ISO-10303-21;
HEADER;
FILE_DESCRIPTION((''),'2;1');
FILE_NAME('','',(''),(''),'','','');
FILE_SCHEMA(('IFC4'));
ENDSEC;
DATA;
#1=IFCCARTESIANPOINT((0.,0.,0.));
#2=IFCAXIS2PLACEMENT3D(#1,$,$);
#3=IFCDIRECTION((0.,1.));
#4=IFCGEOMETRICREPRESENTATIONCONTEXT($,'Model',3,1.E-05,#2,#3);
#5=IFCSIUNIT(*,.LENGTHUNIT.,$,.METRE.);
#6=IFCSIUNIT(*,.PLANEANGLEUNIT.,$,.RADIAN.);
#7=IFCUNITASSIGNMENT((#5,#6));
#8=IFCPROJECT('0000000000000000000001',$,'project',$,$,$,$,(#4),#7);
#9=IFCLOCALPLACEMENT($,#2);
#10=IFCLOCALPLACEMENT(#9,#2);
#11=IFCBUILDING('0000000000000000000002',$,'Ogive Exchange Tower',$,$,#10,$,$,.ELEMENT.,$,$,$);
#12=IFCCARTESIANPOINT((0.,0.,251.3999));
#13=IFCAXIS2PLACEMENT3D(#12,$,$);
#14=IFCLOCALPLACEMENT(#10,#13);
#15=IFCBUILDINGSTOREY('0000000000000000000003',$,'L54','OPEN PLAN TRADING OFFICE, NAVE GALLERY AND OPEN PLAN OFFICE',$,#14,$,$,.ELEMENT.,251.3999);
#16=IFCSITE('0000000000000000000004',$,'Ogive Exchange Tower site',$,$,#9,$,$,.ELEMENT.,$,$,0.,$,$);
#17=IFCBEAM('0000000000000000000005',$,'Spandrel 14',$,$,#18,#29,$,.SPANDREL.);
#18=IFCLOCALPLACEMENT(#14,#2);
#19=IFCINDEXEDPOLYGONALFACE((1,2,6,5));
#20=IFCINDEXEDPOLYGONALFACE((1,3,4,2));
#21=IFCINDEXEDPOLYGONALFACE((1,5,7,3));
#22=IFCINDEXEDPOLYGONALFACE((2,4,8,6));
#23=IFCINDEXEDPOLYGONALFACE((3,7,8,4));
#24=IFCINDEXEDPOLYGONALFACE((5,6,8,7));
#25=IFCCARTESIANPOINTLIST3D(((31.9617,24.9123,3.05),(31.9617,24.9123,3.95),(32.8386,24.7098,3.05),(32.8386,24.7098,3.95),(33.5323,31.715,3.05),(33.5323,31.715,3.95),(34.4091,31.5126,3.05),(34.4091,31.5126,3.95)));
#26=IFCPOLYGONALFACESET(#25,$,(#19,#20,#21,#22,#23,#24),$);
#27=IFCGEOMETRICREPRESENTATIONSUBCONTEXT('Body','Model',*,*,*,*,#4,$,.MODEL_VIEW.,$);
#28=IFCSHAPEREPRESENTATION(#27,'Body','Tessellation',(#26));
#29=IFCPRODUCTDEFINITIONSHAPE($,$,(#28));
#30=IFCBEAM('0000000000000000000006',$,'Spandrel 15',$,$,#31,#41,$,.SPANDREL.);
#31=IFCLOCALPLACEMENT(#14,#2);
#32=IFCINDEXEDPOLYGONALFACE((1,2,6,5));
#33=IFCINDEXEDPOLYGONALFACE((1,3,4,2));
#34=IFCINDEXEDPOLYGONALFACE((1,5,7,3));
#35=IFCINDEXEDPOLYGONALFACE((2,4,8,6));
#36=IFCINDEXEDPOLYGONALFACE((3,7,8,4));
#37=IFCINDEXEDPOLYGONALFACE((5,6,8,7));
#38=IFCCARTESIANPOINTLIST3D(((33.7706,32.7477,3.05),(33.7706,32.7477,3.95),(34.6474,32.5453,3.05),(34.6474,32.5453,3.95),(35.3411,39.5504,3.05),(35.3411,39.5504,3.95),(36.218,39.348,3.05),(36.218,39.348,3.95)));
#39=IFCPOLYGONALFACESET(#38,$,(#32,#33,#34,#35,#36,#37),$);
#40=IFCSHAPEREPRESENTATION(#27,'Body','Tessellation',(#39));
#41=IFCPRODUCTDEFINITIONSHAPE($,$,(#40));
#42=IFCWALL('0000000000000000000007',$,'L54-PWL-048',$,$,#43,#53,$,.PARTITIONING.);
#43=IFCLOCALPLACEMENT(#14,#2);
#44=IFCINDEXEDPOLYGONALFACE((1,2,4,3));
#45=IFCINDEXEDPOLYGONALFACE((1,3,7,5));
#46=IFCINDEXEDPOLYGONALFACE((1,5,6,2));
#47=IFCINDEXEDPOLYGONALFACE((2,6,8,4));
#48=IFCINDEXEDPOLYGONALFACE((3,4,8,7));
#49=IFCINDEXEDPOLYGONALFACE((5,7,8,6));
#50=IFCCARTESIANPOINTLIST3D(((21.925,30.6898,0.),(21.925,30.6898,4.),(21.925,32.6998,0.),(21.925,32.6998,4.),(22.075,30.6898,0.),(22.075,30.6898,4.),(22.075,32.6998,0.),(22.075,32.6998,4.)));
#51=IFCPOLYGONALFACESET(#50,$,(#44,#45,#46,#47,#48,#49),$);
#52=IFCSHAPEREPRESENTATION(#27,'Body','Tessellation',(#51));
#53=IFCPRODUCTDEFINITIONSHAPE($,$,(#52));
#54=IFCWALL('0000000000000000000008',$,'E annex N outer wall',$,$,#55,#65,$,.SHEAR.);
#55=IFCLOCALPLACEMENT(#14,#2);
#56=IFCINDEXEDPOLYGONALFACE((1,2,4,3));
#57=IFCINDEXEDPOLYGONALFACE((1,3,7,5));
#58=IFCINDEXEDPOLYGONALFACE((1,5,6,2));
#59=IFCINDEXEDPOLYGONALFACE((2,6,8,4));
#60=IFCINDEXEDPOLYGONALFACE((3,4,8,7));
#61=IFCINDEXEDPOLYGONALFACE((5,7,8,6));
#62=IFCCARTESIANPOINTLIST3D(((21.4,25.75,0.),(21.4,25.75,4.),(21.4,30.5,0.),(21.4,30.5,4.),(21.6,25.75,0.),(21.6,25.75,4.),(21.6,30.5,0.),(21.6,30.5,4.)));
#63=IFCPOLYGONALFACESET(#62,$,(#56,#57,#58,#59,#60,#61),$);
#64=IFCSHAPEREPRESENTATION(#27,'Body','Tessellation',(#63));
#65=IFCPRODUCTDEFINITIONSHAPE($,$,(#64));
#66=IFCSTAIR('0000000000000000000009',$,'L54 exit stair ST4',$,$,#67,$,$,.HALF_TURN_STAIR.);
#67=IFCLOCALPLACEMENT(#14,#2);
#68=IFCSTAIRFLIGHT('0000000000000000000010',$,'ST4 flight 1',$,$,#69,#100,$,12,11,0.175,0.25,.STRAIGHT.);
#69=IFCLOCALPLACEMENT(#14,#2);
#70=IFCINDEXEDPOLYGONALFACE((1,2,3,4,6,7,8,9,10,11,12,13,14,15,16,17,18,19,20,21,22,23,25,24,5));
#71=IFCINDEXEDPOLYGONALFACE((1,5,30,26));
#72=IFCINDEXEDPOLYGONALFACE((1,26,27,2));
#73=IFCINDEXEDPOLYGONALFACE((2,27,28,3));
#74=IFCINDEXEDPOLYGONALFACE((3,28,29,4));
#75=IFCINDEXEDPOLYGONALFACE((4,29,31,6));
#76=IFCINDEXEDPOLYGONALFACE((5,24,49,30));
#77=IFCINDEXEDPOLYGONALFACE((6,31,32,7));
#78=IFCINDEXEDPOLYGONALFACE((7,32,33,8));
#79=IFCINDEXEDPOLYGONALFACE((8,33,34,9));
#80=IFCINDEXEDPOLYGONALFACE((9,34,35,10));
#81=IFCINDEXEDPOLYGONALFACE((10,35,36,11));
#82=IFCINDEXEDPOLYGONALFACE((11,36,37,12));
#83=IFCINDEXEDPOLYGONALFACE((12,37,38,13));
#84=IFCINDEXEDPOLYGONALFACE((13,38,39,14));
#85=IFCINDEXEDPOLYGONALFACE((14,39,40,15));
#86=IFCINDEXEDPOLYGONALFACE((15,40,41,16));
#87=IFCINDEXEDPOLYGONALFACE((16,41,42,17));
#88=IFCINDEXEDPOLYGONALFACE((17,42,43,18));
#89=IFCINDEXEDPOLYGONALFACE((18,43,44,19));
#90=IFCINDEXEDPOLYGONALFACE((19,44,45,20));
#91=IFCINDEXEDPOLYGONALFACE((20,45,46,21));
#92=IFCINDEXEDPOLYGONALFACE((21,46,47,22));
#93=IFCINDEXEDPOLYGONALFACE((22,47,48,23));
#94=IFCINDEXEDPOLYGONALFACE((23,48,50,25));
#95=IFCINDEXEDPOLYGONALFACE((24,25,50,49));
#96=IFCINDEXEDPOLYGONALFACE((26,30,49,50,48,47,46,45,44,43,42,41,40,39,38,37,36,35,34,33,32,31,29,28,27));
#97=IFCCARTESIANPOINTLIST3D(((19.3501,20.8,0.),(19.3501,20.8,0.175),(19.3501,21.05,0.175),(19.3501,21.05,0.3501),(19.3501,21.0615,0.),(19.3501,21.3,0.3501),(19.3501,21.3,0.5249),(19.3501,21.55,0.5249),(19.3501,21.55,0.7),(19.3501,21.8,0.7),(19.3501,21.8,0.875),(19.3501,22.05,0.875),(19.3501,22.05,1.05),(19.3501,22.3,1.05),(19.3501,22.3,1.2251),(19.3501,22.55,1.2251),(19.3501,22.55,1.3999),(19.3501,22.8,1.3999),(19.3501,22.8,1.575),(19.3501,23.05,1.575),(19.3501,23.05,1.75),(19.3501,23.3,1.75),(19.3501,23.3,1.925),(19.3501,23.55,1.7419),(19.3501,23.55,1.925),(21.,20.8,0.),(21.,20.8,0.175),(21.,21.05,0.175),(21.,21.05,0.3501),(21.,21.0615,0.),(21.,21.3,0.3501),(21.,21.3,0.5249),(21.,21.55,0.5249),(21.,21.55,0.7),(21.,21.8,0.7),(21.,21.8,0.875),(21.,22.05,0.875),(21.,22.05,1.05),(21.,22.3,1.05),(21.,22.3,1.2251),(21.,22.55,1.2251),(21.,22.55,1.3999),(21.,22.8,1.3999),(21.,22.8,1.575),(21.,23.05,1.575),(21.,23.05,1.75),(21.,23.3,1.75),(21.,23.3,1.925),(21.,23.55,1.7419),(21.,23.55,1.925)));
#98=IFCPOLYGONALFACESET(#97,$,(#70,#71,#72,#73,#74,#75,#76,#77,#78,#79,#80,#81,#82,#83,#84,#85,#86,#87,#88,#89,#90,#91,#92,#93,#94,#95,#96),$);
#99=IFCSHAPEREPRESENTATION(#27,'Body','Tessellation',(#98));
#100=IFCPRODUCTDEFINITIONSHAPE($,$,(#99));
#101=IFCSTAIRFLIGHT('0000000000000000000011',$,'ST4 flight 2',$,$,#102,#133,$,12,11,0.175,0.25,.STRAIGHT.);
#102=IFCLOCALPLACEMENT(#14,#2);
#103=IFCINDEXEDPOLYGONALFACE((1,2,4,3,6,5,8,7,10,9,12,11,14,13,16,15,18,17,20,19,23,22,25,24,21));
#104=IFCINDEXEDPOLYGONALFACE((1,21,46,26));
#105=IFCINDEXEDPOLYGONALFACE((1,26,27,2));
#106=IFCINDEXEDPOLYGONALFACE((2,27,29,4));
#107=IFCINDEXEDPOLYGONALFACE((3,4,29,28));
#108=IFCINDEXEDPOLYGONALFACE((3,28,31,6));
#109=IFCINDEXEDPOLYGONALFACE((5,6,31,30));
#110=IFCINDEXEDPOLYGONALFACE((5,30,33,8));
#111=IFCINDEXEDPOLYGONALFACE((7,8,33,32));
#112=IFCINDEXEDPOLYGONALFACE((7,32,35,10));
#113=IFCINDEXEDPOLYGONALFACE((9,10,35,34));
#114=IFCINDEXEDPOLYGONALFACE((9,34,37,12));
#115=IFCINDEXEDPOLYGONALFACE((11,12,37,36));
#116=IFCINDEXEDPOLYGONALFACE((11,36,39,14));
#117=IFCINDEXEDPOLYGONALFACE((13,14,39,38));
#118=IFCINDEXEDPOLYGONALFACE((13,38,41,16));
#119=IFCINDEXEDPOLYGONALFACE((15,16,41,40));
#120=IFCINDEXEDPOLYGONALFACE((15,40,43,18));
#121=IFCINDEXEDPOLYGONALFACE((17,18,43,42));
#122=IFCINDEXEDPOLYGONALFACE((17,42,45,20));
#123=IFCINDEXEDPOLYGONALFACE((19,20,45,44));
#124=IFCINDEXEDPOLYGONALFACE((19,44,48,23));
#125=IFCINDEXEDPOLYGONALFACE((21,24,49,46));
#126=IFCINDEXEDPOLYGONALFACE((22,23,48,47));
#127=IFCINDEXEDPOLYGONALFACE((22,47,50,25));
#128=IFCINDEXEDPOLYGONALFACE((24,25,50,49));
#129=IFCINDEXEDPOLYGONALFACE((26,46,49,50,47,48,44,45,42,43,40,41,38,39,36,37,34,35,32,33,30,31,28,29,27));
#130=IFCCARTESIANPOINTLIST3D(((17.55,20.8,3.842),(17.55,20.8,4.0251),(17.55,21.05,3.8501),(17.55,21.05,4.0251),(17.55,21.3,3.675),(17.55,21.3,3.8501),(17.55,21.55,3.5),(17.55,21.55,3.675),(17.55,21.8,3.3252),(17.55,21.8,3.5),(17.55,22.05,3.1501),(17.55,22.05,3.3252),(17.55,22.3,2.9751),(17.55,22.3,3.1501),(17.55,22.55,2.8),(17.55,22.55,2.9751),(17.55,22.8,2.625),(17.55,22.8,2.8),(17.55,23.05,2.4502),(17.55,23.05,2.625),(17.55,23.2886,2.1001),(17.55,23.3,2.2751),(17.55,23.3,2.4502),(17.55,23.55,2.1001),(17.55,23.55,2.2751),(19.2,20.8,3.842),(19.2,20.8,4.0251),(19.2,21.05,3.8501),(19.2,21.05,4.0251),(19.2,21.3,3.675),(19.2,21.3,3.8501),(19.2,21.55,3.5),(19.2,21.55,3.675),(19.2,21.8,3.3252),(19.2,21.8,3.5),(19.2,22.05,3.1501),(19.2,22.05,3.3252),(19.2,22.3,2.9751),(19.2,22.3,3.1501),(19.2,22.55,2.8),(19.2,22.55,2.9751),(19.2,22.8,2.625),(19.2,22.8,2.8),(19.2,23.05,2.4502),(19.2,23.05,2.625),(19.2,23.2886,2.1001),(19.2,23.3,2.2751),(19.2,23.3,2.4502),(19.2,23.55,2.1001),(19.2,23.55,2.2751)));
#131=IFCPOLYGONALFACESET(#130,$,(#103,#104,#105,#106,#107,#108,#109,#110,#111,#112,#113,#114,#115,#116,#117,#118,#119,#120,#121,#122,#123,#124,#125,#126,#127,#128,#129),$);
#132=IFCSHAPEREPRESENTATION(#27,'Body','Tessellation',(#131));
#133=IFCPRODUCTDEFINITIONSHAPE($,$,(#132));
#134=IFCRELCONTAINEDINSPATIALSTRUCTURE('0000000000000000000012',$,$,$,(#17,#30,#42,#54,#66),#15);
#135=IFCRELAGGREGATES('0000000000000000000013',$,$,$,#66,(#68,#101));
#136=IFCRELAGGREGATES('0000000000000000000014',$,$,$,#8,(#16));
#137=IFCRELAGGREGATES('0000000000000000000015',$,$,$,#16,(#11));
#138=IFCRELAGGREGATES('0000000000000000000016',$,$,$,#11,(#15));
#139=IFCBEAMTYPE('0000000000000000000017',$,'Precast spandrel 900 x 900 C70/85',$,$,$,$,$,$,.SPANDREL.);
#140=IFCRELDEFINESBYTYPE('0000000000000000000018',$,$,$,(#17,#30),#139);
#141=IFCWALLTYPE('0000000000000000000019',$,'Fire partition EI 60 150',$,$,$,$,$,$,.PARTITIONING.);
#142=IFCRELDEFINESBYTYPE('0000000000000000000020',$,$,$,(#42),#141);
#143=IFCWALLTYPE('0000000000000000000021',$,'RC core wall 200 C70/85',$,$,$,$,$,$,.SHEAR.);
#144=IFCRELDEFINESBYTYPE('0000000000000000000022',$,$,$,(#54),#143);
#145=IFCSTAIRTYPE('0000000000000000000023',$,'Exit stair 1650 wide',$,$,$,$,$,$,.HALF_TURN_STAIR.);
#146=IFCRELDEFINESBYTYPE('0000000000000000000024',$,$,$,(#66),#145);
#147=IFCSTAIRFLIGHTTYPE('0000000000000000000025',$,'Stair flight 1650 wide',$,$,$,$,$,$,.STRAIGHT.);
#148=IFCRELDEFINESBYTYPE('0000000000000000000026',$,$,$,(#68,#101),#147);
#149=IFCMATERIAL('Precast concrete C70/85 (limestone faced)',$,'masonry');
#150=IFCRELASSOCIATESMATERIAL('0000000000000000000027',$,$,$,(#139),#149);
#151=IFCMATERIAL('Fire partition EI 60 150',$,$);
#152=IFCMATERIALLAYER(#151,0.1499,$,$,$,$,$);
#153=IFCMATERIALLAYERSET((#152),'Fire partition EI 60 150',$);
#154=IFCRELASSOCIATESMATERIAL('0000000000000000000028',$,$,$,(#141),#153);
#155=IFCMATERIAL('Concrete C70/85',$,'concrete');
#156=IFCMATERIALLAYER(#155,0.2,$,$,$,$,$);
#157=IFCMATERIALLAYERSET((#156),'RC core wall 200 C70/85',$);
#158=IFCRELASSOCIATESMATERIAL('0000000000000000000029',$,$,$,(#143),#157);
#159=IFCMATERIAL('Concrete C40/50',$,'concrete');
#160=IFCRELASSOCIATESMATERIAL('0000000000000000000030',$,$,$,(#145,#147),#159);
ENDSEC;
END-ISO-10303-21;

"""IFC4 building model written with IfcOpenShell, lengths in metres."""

from ifc_helpers import new_model, si_unit, direction, frame, frame_2d, origin, origin_2d, place, context, subcontext, project, spatial, polyline, rectangle, outline, extrude, material, layer, layer_set, material_profile, profile_set, type_object, element, aggregate, save


model = new_model("IFC4")

# Units and contexts
model_context = context("Model", 3, precision=1e-05, world=origin(), true_north=direction((0.0, 1.0)))
body_context = subcontext(model_context, "Body", "Model", "MODEL_VIEW")
ifc_project = project(units=[si_unit("LENGTHUNIT", "METRE"), si_unit("PLANEANGLEUNIT", "RADIAN")], contexts=[model_context])

# Site, building, storey
site_placement = place(None, origin())
site = spatial("IfcSite", under=ifc_project, at=site_placement, Name="Ogive Exchange Tower site", CompositionType="ELEMENT", RefElevation=0.0)
building_placement = place(site_placement, origin())
building = spatial("IfcBuilding", under=site, at=building_placement, Name="Ogive Exchange Tower", CompositionType="ELEMENT")
storey_placement = place(building_placement, frame((0.0, 0.0, 251.3999)))
storey = spatial("IfcBuildingStorey", under=building, at=storey_placement, Name="L54", Description="OPEN PLAN TRADING OFFICE, NAVE GALLERY AND OPEN PLAN OFFICE", CompositionType="ELEMENT", Elevation=251.3999)

# Shared definitions
ifc_material_1 = material(Name="Precast concrete C70/85 (limestone faced)", Category="masonry")

# Beams
ifc_material_profile_1 = material_profile(ifc_material_1, rectangle(XDim=0.8999, YDim=0.8999, at=origin_2d()), Name="900 x 900")
ifc_profile_set_1 = profile_set([ifc_material_profile_1], Name="Precast concrete C70/85 (limestone faced)")
beam_type_1 = type_object("IfcBeamType", Name="Precast spandrel 900 x 900 C70/85", PredefinedType="SPANDREL", material=ifc_profile_set_1)
for number, where, z_axis, x_axis, name in (
    (1, (32.4001, 24.811, 3.5), (0.224954, 0.974369, 0.0), (-0.974369, 0.224954, 0.0), "Spandrel 14"),
    (2, (34.209, 32.6465, 3.5), (0.224954, 0.974369, 0.0), (-0.974369, 0.224954, 0.0), "Spandrel 15"),
):
    element("IfcBeam", number, at=place(storey_placement, frame(where, z_axis=z_axis, x_axis=x_axis)), inside=storey, type_object=beam_type_1, Name=name, PredefinedType="SPANDREL", context=body_context, shape_type="SweptSolid", body=[
        extrude(rectangle(XDim=0.8999, YDim=0.8999, at=origin_2d()), origin(), (0.0, 0.0, 1.0), 6.9817),
    ])

# Walls
ifc_material_2 = material(Name="Fire partition EI 60 150")
ifc_layer_1 = layer(ifc_material_2, 0.1499)
ifc_layer_set_1 = layer_set([ifc_layer_1], Name="Fire partition EI 60 150")
wall_type_1 = type_object("IfcWallType", Name="Fire partition EI 60 150", PredefinedType="PARTITIONING", material=ifc_layer_set_1)
wall_1_placement = place(storey_placement, frame((22.0, 30.6899, 0.0), z_axis=(0.0, 0.0, 1.0), x_axis=(0.0, 1.0, 0.0)))
element("IfcWall", 3, at=wall_1_placement, inside=storey, type_object=wall_type_1, Name="L54-PWL-048", PredefinedType="PARTITIONING", context=body_context, shape_type="SweptSolid", body=[
    extrude(rectangle(XDim=2.01, YDim=0.1499, at=frame_2d((1.0049, 0.0))), origin(), (0.0, 0.0, 1.0), 4.0),
])
ifc_material_3 = material(Name="Concrete C70/85", Category="concrete")
ifc_layer_2 = layer(ifc_material_3, 0.2)
ifc_layer_set_2 = layer_set([ifc_layer_2], Name="RC core wall 200 C70/85")
wall_type_2 = type_object("IfcWallType", Name="RC core wall 200 C70/85", PredefinedType="SHEAR", material=ifc_layer_set_2)
wall_2_placement = place(storey_placement, frame((21.5, 25.75, 0.0), z_axis=(0.0, 0.0, 1.0), x_axis=(0.0, 1.0, 0.0)))
element("IfcWall", 4, at=wall_2_placement, inside=storey, type_object=wall_type_2, Name="E annex N outer wall", PredefinedType="SHEAR", context=body_context, shape_type="SweptSolid", body=[
    extrude(rectangle(XDim=4.75, YDim=0.2, at=frame_2d((2.375, 0.0))), origin(), (0.0, 0.0, 1.0), 4.0),
])

# Stair, stair flights
ifc_material_4 = material(Name="Concrete C40/50", Category="concrete")
stair_type = type_object("IfcStairType", Name="Exit stair 1650 wide", PredefinedType="HALF_TURN_STAIR", material=ifc_material_4)
stair_placement = place(storey_placement, origin())
stair = element("IfcStair", 5, at=stair_placement, inside=storey, type_object=stair_type, Name="L54 exit stair ST4", PredefinedType="HALF_TURN_STAIR")
stair_flight_type = type_object("IfcStairFlightType", Name="Stair flight 1650 wide", PredefinedType="STRAIGHT", material=ifc_material_4)
stair_flight_1_placement = place(storey_placement, frame((20.175, 20.8, 0.0), z_axis=(0.0, 0.0, 1.0), x_axis=(0.0, 1.0, 0.0)))
stair_flight_1 = element("IfcStairFlight", 6, at=stair_flight_1_placement, type_object=stair_flight_type, Name="ST4 flight 1", NumberOfRisers=12, NumberOfTreads=11, PredefinedType="STRAIGHT", RiserHeight=0.175, TreadLength=0.25, context=body_context, shape_type="SweptSolid", body=[
    extrude(outline(polyline([(0.0, 0.0), (0.0, 0.175), (0.25, 0.175), (0.25, 0.3501), (0.5, 0.3501), (0.5, 0.5249), (0.75, 0.5249), (0.75, 0.7), (1.0, 0.7), (1.0, 0.875), (1.25, 0.875), (1.25, 1.05), (1.5, 1.05), (1.5, 1.2251), (1.75, 1.2251), (1.75, 1.3999), (2.0, 1.3999), (2.0, 1.575), (2.25, 1.575), (2.25, 1.75), (2.5, 1.75), (2.5, 1.925), (2.75, 1.925), (2.75, 2.1001), (2.75, 1.7419), (0.2615, 0.0), (0.0, 0.0)])), frame((0.0, 0.825, 0.0), z_axis=(0.0, -1.0, 0.0), x_axis=(1.0, 0.0, 0.0)), (0.0, 0.0, 1.0), 1.6499),
])
stair_flight_2_placement = place(storey_placement, frame((18.375, 23.55, 2.1001), z_axis=(0.0, 0.0, 1.0), x_axis=(0.0, -1.0, 0.0)))
stair_flight_2 = element("IfcStairFlight", 7, at=stair_flight_2_placement, type_object=stair_flight_type, Name="ST4 flight 2", NumberOfRisers=12, NumberOfTreads=11, PredefinedType="STRAIGHT", RiserHeight=0.175, TreadLength=0.25, context=body_context, shape_type="SweptSolid", body=[
    extrude(outline(polyline([(0.0, 0.0), (0.0, 0.175), (0.25, 0.175), (0.25, 0.3501), (0.5, 0.3501), (0.5, 0.5249), (0.75, 0.5249), (0.75, 0.7), (1.0, 0.7), (1.0, 0.875), (1.25, 0.875), (1.25, 1.05), (1.5, 1.05), (1.5, 1.2251), (1.75, 1.2251), (1.75, 1.3999), (2.0, 1.3999), (2.0, 1.575), (2.25, 1.575), (2.25, 1.75), (2.5, 1.75), (2.5, 1.925), (2.75, 1.925), (2.75, 2.1001), (2.75, 1.7419), (0.2615, 0.0), (0.0, 0.0)])), frame((0.0, 0.825, 0.0), z_axis=(0.0, -1.0, 0.0), x_axis=(1.0, 0.0, 0.0)), (0.0, 0.0, 1.0), 1.6499),
])
aggregate(stair, [stair_flight_1, stair_flight_2])

save(model, "model.ifc")
